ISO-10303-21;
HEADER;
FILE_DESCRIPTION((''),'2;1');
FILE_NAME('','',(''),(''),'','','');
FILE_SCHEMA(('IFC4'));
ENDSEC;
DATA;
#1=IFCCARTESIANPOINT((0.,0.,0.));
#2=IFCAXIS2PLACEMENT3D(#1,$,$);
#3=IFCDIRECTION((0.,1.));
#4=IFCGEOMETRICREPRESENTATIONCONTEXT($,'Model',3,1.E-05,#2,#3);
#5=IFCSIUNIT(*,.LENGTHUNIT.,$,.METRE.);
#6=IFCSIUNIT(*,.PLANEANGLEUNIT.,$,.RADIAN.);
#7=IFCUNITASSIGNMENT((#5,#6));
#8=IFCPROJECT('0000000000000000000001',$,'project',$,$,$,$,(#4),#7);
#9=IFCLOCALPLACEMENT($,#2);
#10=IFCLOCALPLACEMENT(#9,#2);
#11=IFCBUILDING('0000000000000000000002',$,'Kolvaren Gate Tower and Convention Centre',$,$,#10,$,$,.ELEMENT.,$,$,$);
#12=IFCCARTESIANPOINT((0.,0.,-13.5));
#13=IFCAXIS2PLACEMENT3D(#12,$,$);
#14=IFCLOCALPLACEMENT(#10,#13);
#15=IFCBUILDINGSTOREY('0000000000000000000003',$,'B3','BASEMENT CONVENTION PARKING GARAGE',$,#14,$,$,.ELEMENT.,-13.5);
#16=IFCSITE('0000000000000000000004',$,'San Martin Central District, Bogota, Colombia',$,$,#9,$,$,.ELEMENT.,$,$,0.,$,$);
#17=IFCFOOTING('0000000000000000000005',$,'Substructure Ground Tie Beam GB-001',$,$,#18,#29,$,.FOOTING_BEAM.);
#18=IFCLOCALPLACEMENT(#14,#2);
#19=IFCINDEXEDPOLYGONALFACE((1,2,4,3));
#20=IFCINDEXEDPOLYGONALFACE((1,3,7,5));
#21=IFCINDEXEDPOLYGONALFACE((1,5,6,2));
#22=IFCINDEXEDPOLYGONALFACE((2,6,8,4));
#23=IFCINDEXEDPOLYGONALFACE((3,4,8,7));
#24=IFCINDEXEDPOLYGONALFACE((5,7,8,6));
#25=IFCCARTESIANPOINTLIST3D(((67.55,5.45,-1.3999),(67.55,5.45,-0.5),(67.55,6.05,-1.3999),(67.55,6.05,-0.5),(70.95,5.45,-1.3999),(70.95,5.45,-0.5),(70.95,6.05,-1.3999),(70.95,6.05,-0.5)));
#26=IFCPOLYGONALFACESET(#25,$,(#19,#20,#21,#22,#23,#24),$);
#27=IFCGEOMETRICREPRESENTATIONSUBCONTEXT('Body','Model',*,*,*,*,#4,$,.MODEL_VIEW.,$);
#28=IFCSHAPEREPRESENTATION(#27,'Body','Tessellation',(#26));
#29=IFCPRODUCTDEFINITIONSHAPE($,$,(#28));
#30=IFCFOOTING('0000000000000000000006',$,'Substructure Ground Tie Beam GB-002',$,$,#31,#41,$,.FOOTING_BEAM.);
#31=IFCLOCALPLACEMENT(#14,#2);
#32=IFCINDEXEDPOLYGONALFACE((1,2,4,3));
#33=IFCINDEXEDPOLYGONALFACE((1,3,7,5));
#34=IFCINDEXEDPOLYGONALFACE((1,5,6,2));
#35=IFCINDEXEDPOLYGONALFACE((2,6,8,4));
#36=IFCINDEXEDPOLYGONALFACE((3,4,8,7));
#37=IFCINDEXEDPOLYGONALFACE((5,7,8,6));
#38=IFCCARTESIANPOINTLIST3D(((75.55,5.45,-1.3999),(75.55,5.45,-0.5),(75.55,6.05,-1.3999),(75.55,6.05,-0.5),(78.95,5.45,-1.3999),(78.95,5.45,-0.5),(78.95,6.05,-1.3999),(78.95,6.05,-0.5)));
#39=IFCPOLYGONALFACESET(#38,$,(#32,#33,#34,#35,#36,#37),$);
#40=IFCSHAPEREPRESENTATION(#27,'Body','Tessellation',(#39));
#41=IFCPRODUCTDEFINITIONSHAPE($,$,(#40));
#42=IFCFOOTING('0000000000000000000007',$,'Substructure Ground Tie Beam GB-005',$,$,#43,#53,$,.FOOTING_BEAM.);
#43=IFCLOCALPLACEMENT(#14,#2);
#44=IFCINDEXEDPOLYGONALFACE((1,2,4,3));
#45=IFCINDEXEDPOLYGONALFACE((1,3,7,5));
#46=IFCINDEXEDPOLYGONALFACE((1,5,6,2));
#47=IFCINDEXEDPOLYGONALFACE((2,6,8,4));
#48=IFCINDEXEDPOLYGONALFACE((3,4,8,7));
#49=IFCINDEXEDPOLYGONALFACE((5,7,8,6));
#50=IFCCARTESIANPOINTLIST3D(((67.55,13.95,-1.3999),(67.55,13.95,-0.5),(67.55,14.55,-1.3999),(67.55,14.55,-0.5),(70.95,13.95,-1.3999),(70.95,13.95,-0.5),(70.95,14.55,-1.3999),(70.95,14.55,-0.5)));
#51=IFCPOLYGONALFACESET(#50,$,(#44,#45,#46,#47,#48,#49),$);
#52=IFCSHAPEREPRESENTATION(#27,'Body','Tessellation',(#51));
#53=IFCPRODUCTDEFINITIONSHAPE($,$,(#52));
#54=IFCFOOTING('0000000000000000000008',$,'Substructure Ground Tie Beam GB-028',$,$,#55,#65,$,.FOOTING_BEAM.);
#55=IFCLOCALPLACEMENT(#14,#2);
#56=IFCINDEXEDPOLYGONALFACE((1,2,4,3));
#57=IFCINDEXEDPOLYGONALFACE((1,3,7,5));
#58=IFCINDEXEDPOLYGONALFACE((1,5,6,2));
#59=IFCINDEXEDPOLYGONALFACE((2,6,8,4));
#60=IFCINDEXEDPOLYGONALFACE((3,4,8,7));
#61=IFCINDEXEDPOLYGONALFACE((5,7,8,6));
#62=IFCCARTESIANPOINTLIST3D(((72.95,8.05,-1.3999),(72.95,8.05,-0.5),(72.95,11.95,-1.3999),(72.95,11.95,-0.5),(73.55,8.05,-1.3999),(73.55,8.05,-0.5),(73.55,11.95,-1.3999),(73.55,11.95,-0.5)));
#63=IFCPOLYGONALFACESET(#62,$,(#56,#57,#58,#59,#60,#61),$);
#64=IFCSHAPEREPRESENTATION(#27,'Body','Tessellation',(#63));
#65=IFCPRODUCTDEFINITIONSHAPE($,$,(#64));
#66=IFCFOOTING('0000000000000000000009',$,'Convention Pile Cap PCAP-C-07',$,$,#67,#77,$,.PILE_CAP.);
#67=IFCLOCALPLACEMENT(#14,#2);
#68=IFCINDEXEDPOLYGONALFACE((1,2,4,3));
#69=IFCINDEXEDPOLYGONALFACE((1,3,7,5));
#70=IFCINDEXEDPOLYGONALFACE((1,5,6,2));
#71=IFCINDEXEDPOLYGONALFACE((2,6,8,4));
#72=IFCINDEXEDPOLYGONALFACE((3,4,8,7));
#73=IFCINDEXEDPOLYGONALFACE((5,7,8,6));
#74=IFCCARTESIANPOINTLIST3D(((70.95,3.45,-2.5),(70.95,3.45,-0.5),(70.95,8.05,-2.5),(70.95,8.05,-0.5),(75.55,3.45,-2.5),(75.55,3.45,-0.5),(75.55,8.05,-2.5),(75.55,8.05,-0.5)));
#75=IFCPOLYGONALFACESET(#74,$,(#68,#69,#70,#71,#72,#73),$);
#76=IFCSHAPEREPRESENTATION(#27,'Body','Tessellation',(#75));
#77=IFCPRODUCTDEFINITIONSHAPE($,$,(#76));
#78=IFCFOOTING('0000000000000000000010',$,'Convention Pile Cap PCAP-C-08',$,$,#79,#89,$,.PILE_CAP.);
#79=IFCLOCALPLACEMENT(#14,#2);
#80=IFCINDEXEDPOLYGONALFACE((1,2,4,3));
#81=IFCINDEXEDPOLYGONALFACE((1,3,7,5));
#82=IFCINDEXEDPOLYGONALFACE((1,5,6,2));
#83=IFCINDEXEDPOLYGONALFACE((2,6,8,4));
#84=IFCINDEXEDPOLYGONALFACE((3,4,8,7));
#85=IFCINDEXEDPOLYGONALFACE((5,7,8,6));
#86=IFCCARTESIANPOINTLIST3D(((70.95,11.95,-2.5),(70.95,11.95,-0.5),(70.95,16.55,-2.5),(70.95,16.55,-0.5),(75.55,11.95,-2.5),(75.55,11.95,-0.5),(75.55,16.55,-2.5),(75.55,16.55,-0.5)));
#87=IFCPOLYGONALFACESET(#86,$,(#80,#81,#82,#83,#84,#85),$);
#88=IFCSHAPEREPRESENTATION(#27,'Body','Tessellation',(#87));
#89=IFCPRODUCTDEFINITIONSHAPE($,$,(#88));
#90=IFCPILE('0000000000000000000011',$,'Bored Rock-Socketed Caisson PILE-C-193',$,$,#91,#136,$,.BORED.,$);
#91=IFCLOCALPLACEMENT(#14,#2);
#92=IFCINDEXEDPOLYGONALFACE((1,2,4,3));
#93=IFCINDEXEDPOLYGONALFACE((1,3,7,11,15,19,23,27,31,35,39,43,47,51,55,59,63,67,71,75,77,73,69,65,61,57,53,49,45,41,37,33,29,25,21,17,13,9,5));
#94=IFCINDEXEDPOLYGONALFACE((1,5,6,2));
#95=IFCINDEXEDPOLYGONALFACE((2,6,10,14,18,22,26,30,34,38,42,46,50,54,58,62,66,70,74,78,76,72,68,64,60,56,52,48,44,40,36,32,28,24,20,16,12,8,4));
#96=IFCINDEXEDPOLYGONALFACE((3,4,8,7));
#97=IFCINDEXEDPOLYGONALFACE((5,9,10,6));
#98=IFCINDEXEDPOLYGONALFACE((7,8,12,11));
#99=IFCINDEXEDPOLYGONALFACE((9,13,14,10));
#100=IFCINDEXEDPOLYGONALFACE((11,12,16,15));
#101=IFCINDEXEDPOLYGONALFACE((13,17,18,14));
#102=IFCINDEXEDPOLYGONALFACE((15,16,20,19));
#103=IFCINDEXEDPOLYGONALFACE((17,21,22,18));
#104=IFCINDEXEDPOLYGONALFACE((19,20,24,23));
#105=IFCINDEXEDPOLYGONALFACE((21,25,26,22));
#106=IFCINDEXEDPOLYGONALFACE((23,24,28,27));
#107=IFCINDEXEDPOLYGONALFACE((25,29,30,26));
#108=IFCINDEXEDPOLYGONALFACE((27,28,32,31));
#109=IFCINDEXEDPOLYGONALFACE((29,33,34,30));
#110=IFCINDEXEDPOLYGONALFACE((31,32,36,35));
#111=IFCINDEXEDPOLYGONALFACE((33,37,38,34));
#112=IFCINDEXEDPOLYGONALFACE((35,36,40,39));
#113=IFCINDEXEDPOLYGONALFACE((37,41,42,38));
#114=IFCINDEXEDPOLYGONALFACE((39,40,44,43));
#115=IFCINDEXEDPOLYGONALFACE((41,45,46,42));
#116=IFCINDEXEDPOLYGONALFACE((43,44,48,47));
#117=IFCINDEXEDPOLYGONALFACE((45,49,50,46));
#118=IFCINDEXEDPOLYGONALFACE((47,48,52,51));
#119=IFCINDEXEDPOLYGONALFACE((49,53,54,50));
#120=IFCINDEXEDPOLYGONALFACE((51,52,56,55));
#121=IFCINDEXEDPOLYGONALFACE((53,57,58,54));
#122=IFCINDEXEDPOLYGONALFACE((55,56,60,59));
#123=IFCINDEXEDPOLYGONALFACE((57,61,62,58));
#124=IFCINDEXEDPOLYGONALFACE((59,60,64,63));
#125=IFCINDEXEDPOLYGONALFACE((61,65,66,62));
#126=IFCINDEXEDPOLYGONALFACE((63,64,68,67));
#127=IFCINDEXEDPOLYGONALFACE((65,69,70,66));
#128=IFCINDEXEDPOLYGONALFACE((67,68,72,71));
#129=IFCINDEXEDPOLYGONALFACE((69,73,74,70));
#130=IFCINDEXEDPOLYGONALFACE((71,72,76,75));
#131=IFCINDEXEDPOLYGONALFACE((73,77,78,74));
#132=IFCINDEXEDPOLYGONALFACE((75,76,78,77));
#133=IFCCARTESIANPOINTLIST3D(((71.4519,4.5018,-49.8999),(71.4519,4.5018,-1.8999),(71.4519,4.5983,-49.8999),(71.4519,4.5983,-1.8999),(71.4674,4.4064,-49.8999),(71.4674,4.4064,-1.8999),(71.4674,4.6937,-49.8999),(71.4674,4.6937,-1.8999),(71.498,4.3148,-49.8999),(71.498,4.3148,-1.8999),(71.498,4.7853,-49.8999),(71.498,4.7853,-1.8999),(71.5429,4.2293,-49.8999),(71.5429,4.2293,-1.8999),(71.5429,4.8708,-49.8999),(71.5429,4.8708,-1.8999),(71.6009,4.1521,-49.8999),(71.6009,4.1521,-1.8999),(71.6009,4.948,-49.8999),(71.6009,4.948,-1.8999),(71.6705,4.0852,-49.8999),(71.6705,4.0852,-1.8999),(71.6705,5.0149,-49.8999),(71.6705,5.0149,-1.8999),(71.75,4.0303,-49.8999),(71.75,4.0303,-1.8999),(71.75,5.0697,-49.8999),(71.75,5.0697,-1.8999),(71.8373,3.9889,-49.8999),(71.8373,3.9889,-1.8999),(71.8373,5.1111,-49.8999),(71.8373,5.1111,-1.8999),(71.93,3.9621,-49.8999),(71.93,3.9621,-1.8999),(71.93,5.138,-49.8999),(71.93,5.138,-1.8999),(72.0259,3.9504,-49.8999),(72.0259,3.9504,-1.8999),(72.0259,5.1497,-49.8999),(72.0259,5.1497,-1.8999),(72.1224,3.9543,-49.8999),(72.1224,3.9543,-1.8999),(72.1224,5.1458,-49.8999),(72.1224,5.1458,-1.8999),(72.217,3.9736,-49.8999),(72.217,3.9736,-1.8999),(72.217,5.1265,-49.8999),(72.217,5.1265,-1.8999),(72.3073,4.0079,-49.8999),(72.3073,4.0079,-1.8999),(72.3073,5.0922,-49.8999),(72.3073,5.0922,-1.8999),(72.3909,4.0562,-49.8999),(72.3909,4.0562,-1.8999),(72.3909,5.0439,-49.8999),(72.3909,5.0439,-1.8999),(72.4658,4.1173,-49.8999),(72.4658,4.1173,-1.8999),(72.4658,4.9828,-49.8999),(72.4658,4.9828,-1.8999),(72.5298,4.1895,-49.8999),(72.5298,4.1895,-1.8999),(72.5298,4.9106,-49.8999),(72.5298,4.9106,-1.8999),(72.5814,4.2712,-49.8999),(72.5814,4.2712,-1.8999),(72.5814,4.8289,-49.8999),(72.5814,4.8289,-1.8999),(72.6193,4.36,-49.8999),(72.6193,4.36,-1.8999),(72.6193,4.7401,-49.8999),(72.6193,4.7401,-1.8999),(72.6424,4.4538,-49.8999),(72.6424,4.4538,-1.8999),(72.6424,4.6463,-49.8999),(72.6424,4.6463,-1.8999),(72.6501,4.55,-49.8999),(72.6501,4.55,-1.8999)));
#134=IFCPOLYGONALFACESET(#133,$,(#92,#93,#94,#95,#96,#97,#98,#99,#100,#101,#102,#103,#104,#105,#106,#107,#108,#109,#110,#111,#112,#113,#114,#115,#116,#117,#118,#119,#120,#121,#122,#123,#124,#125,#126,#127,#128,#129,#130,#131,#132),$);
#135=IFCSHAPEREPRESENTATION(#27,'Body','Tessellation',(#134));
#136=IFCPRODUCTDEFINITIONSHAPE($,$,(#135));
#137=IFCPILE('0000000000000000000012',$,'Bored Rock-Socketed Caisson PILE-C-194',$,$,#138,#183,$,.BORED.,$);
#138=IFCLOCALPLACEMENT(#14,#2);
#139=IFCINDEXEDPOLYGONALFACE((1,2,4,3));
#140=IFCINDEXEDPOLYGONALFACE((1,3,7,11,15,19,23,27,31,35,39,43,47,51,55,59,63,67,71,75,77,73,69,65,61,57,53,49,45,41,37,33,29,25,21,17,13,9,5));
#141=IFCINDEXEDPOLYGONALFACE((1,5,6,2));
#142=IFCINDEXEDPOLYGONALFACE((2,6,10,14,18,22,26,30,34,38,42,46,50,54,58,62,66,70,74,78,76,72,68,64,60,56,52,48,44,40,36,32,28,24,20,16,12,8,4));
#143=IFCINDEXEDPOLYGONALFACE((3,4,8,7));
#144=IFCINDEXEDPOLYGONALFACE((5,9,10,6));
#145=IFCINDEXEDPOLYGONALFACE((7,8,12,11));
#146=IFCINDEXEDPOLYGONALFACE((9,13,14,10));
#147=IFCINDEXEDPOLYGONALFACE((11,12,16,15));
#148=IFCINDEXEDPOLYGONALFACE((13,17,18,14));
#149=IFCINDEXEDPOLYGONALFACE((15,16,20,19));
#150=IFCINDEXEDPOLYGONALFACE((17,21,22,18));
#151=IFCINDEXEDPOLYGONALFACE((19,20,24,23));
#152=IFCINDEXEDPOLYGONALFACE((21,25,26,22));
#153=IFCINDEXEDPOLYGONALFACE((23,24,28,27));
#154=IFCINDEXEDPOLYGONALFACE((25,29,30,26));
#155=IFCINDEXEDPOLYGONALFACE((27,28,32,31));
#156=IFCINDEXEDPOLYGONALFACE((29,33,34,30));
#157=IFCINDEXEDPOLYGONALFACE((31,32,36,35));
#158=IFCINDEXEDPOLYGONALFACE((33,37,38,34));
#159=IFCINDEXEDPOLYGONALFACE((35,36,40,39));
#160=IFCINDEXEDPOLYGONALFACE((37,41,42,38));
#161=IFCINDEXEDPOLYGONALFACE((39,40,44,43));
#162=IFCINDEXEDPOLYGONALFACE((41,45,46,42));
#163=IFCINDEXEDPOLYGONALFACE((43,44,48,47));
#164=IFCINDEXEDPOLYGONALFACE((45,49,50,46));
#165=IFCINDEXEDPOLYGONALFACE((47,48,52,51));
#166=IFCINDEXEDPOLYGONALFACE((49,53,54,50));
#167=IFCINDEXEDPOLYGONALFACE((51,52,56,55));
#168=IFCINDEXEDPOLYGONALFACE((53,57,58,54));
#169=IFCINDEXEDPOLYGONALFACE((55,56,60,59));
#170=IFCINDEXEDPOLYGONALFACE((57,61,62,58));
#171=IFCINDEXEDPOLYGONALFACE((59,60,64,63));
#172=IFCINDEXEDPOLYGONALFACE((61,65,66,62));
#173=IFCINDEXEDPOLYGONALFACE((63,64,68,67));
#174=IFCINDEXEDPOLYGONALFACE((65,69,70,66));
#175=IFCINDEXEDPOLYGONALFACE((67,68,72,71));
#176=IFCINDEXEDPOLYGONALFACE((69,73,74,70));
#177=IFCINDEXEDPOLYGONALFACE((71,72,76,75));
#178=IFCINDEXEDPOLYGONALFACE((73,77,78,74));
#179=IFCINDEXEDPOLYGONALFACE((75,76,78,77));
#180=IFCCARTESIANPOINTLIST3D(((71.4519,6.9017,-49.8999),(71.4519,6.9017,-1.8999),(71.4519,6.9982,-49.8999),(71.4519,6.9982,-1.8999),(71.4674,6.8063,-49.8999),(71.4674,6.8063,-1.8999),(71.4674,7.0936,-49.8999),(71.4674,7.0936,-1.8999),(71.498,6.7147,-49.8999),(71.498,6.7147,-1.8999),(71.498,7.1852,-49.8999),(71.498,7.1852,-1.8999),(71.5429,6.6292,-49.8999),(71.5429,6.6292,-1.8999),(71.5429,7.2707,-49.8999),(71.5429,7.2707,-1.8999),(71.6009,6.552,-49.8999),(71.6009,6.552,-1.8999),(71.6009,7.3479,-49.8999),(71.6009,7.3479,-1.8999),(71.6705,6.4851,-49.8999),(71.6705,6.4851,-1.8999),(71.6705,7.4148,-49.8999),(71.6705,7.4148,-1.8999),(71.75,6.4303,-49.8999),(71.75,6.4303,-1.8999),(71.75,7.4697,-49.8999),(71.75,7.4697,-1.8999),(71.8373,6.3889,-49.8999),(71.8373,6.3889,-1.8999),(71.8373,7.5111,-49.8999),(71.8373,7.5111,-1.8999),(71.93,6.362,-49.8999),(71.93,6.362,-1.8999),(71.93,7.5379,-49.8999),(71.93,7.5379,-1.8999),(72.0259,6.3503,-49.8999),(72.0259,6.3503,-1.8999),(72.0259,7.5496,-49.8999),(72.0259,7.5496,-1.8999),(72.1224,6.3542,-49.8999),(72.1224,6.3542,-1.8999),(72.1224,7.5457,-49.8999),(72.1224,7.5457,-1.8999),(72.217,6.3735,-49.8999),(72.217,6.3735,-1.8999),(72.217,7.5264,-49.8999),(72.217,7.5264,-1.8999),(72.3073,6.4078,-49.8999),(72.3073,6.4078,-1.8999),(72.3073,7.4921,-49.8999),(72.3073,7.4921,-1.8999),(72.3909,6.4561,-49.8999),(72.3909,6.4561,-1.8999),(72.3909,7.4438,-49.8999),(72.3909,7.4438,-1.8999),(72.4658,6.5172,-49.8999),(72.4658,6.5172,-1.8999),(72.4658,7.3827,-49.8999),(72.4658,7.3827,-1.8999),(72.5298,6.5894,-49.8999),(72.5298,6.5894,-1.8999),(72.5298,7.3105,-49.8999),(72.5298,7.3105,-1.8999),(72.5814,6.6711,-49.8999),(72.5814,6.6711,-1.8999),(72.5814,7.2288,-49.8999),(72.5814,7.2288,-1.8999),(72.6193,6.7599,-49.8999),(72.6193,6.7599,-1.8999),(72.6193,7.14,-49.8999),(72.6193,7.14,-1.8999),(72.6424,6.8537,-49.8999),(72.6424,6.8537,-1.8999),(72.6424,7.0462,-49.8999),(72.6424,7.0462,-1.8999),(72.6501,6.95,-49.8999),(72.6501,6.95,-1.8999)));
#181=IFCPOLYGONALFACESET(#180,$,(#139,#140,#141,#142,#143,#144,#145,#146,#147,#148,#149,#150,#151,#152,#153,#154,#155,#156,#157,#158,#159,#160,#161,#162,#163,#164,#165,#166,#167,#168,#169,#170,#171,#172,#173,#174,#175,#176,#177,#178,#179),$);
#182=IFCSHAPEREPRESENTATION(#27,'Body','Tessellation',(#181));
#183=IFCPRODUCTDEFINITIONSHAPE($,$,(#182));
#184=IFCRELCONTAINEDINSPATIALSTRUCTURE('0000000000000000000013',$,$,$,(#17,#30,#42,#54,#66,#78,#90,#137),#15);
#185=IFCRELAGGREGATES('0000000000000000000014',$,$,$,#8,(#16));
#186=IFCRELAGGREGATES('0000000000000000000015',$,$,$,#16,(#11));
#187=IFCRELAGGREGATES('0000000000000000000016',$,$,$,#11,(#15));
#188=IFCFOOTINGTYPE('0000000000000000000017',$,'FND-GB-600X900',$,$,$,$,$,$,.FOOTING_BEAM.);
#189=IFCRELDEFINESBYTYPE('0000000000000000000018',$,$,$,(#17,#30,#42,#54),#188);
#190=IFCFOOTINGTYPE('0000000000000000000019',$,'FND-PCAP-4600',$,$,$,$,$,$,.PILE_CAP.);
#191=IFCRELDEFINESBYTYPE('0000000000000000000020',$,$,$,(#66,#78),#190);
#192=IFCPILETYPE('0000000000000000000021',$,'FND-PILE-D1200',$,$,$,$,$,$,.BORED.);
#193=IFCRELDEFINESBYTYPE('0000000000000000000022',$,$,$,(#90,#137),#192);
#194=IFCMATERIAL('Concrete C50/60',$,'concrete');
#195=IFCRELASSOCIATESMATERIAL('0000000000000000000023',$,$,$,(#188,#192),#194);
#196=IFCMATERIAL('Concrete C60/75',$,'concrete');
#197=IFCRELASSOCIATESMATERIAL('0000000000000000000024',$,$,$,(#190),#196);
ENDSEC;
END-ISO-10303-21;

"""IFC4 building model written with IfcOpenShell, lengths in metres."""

from ifc_helpers import new_model, si_unit, direction, frame, origin, origin_2d, place, context, subcontext, project, spatial, rectangle, circle, extrude, material, material_profile, profile_set, type_object, element, save


model = new_model("IFC4")

# Units and contexts
model_context = context("Model", 3, precision=1e-05, world=origin(), true_north=direction((0.0, 1.0)))
body_context = subcontext(model_context, "Body", "Model", "MODEL_VIEW")
ifc_project = project(units=[si_unit("LENGTHUNIT", "METRE"), si_unit("PLANEANGLEUNIT", "RADIAN")], contexts=[model_context])

# Site, building, storey
site_placement = place(None, origin())
site = spatial("IfcSite", under=ifc_project, at=site_placement, Name="San Martin Central District, Bogota, Colombia", CompositionType="ELEMENT", RefElevation=0.0)
building_placement = place(site_placement, origin())
building = spatial("IfcBuilding", under=site, at=building_placement, Name="Kolvaren Gate Tower and Convention Centre", CompositionType="ELEMENT")
storey_placement = place(building_placement, frame((0.0, 0.0, -13.5)))
storey = spatial("IfcBuildingStorey", under=building, at=storey_placement, Name="B3", Description="BASEMENT CONVENTION PARKING GARAGE", CompositionType="ELEMENT", Elevation=-13.5)

# Footings
ifc_material_1 = material(Name="Concrete C50/60", Category="concrete")
ifc_material_profile_1 = material_profile(ifc_material_1, rectangle(XDim=0.6001, YDim=0.8999, at=origin_2d()), Name="RC-BM-600X900")
ifc_profile_set_1 = profile_set([ifc_material_profile_1], Name="Concrete C50/60")
footing_type_1 = type_object("IfcFootingType", Name="FND-GB-600X900", PredefinedType="FOOTING_BEAM", material=ifc_profile_set_1)
for number, where, z_axis, x_axis, name in (
    (1, (67.55, 5.75, -0.95), (1.0, 0.0, 0.0), (0.0, 1.0, 0.0), "Substructure Ground Tie Beam GB-001"),
    (2, (75.55, 5.75, -0.95), (1.0, 0.0, 0.0), (0.0, 1.0, 0.0), "Substructure Ground Tie Beam GB-002"),
    (3, (67.55, 14.25, -0.95), (1.0, 0.0, 0.0), (0.0, 1.0, 0.0), "Substructure Ground Tie Beam GB-005"),
):
    element("IfcFooting", number, at=place(storey_placement, frame(where, z_axis=z_axis, x_axis=x_axis)), inside=storey, type_object=footing_type_1, Name=name, PredefinedType="FOOTING_BEAM", context=body_context, shape_type="SweptSolid", body=[
        extrude(rectangle(XDim=0.6001, YDim=0.8999, at=origin_2d()), origin(), (0.0, 0.0, 1.0), 3.3999),
    ])
footing_placement = place(storey_placement, frame((73.25, 8.05, -0.95), z_axis=(0.0, 1.0, 0.0), x_axis=(-1.0, 0.0, 0.0)))
element("IfcFooting", 4, at=footing_placement, inside=storey, type_object=footing_type_1, Name="Substructure Ground Tie Beam GB-028", PredefinedType="FOOTING_BEAM", context=body_context, shape_type="SweptSolid", body=[
    extrude(rectangle(XDim=0.6001, YDim=0.8999, at=origin_2d()), origin(), (0.0, 0.0, 1.0), 3.8999),
])
ifc_material_2 = material(Name="Concrete C60/75", Category="concrete")
footing_type_2 = type_object("IfcFootingType", Name="FND-PCAP-4600", PredefinedType="PILE_CAP", material=ifc_material_2)
for number, where, z_axis, x_axis, name in (
    (5, (73.25, 5.75, -2.5), (0.0, 0.0, 1.0), (1.0, 0.0, 0.0), "Convention Pile Cap PCAP-C-07"),
    (6, (73.25, 14.25, -2.5), (0.0, 0.0, 1.0), (1.0, 0.0, 0.0), "Convention Pile Cap PCAP-C-08"),
):
    element("IfcFooting", number, at=place(storey_placement, frame(where, z_axis=z_axis, x_axis=x_axis)), inside=storey, type_object=footing_type_2, Name=name, PredefinedType="PILE_CAP", context=body_context, shape_type="SweptSolid", body=[
        extrude(rectangle(XDim=4.6001, YDim=4.6001, at=origin_2d()), origin(), (0.0, 0.0, 1.0), 2.0),
    ])

# Piles
ifc_material_profile_2 = material_profile(ifc_material_1, circle(Radius=0.6001, at=origin_2d()), Name="CAISSON-D1200")
ifc_profile_set_2 = profile_set([ifc_material_profile_2], Name="Concrete C50/60")
pile_type = type_object("IfcPileType", Name="FND-PILE-D1200", PredefinedType="BORED", material=ifc_profile_set_2)
for number, where, z_axis, x_axis, name in (
    (7, (72.05, 4.55, -1.8999), (0.0, 0.0, -1.0), (1.0, 0.0, 0.0), "Bored Rock-Socketed Caisson PILE-C-193"),
    (8, (72.05, 6.95, -1.8999), (0.0, 0.0, -1.0), (1.0, 0.0, 0.0), "Bored Rock-Socketed Caisson PILE-C-194"),
):
    element("IfcPile", number, at=place(storey_placement, frame(where, z_axis=z_axis, x_axis=x_axis)), inside=storey, type_object=pile_type, Name=name, PredefinedType="BORED", context=body_context, shape_type="SweptSolid", body=[
        extrude(circle(Radius=0.6001, at=origin_2d()), origin(), (0.0, 0.0, 1.0), 48.0),
    ])

save(model, "model.ifc")
